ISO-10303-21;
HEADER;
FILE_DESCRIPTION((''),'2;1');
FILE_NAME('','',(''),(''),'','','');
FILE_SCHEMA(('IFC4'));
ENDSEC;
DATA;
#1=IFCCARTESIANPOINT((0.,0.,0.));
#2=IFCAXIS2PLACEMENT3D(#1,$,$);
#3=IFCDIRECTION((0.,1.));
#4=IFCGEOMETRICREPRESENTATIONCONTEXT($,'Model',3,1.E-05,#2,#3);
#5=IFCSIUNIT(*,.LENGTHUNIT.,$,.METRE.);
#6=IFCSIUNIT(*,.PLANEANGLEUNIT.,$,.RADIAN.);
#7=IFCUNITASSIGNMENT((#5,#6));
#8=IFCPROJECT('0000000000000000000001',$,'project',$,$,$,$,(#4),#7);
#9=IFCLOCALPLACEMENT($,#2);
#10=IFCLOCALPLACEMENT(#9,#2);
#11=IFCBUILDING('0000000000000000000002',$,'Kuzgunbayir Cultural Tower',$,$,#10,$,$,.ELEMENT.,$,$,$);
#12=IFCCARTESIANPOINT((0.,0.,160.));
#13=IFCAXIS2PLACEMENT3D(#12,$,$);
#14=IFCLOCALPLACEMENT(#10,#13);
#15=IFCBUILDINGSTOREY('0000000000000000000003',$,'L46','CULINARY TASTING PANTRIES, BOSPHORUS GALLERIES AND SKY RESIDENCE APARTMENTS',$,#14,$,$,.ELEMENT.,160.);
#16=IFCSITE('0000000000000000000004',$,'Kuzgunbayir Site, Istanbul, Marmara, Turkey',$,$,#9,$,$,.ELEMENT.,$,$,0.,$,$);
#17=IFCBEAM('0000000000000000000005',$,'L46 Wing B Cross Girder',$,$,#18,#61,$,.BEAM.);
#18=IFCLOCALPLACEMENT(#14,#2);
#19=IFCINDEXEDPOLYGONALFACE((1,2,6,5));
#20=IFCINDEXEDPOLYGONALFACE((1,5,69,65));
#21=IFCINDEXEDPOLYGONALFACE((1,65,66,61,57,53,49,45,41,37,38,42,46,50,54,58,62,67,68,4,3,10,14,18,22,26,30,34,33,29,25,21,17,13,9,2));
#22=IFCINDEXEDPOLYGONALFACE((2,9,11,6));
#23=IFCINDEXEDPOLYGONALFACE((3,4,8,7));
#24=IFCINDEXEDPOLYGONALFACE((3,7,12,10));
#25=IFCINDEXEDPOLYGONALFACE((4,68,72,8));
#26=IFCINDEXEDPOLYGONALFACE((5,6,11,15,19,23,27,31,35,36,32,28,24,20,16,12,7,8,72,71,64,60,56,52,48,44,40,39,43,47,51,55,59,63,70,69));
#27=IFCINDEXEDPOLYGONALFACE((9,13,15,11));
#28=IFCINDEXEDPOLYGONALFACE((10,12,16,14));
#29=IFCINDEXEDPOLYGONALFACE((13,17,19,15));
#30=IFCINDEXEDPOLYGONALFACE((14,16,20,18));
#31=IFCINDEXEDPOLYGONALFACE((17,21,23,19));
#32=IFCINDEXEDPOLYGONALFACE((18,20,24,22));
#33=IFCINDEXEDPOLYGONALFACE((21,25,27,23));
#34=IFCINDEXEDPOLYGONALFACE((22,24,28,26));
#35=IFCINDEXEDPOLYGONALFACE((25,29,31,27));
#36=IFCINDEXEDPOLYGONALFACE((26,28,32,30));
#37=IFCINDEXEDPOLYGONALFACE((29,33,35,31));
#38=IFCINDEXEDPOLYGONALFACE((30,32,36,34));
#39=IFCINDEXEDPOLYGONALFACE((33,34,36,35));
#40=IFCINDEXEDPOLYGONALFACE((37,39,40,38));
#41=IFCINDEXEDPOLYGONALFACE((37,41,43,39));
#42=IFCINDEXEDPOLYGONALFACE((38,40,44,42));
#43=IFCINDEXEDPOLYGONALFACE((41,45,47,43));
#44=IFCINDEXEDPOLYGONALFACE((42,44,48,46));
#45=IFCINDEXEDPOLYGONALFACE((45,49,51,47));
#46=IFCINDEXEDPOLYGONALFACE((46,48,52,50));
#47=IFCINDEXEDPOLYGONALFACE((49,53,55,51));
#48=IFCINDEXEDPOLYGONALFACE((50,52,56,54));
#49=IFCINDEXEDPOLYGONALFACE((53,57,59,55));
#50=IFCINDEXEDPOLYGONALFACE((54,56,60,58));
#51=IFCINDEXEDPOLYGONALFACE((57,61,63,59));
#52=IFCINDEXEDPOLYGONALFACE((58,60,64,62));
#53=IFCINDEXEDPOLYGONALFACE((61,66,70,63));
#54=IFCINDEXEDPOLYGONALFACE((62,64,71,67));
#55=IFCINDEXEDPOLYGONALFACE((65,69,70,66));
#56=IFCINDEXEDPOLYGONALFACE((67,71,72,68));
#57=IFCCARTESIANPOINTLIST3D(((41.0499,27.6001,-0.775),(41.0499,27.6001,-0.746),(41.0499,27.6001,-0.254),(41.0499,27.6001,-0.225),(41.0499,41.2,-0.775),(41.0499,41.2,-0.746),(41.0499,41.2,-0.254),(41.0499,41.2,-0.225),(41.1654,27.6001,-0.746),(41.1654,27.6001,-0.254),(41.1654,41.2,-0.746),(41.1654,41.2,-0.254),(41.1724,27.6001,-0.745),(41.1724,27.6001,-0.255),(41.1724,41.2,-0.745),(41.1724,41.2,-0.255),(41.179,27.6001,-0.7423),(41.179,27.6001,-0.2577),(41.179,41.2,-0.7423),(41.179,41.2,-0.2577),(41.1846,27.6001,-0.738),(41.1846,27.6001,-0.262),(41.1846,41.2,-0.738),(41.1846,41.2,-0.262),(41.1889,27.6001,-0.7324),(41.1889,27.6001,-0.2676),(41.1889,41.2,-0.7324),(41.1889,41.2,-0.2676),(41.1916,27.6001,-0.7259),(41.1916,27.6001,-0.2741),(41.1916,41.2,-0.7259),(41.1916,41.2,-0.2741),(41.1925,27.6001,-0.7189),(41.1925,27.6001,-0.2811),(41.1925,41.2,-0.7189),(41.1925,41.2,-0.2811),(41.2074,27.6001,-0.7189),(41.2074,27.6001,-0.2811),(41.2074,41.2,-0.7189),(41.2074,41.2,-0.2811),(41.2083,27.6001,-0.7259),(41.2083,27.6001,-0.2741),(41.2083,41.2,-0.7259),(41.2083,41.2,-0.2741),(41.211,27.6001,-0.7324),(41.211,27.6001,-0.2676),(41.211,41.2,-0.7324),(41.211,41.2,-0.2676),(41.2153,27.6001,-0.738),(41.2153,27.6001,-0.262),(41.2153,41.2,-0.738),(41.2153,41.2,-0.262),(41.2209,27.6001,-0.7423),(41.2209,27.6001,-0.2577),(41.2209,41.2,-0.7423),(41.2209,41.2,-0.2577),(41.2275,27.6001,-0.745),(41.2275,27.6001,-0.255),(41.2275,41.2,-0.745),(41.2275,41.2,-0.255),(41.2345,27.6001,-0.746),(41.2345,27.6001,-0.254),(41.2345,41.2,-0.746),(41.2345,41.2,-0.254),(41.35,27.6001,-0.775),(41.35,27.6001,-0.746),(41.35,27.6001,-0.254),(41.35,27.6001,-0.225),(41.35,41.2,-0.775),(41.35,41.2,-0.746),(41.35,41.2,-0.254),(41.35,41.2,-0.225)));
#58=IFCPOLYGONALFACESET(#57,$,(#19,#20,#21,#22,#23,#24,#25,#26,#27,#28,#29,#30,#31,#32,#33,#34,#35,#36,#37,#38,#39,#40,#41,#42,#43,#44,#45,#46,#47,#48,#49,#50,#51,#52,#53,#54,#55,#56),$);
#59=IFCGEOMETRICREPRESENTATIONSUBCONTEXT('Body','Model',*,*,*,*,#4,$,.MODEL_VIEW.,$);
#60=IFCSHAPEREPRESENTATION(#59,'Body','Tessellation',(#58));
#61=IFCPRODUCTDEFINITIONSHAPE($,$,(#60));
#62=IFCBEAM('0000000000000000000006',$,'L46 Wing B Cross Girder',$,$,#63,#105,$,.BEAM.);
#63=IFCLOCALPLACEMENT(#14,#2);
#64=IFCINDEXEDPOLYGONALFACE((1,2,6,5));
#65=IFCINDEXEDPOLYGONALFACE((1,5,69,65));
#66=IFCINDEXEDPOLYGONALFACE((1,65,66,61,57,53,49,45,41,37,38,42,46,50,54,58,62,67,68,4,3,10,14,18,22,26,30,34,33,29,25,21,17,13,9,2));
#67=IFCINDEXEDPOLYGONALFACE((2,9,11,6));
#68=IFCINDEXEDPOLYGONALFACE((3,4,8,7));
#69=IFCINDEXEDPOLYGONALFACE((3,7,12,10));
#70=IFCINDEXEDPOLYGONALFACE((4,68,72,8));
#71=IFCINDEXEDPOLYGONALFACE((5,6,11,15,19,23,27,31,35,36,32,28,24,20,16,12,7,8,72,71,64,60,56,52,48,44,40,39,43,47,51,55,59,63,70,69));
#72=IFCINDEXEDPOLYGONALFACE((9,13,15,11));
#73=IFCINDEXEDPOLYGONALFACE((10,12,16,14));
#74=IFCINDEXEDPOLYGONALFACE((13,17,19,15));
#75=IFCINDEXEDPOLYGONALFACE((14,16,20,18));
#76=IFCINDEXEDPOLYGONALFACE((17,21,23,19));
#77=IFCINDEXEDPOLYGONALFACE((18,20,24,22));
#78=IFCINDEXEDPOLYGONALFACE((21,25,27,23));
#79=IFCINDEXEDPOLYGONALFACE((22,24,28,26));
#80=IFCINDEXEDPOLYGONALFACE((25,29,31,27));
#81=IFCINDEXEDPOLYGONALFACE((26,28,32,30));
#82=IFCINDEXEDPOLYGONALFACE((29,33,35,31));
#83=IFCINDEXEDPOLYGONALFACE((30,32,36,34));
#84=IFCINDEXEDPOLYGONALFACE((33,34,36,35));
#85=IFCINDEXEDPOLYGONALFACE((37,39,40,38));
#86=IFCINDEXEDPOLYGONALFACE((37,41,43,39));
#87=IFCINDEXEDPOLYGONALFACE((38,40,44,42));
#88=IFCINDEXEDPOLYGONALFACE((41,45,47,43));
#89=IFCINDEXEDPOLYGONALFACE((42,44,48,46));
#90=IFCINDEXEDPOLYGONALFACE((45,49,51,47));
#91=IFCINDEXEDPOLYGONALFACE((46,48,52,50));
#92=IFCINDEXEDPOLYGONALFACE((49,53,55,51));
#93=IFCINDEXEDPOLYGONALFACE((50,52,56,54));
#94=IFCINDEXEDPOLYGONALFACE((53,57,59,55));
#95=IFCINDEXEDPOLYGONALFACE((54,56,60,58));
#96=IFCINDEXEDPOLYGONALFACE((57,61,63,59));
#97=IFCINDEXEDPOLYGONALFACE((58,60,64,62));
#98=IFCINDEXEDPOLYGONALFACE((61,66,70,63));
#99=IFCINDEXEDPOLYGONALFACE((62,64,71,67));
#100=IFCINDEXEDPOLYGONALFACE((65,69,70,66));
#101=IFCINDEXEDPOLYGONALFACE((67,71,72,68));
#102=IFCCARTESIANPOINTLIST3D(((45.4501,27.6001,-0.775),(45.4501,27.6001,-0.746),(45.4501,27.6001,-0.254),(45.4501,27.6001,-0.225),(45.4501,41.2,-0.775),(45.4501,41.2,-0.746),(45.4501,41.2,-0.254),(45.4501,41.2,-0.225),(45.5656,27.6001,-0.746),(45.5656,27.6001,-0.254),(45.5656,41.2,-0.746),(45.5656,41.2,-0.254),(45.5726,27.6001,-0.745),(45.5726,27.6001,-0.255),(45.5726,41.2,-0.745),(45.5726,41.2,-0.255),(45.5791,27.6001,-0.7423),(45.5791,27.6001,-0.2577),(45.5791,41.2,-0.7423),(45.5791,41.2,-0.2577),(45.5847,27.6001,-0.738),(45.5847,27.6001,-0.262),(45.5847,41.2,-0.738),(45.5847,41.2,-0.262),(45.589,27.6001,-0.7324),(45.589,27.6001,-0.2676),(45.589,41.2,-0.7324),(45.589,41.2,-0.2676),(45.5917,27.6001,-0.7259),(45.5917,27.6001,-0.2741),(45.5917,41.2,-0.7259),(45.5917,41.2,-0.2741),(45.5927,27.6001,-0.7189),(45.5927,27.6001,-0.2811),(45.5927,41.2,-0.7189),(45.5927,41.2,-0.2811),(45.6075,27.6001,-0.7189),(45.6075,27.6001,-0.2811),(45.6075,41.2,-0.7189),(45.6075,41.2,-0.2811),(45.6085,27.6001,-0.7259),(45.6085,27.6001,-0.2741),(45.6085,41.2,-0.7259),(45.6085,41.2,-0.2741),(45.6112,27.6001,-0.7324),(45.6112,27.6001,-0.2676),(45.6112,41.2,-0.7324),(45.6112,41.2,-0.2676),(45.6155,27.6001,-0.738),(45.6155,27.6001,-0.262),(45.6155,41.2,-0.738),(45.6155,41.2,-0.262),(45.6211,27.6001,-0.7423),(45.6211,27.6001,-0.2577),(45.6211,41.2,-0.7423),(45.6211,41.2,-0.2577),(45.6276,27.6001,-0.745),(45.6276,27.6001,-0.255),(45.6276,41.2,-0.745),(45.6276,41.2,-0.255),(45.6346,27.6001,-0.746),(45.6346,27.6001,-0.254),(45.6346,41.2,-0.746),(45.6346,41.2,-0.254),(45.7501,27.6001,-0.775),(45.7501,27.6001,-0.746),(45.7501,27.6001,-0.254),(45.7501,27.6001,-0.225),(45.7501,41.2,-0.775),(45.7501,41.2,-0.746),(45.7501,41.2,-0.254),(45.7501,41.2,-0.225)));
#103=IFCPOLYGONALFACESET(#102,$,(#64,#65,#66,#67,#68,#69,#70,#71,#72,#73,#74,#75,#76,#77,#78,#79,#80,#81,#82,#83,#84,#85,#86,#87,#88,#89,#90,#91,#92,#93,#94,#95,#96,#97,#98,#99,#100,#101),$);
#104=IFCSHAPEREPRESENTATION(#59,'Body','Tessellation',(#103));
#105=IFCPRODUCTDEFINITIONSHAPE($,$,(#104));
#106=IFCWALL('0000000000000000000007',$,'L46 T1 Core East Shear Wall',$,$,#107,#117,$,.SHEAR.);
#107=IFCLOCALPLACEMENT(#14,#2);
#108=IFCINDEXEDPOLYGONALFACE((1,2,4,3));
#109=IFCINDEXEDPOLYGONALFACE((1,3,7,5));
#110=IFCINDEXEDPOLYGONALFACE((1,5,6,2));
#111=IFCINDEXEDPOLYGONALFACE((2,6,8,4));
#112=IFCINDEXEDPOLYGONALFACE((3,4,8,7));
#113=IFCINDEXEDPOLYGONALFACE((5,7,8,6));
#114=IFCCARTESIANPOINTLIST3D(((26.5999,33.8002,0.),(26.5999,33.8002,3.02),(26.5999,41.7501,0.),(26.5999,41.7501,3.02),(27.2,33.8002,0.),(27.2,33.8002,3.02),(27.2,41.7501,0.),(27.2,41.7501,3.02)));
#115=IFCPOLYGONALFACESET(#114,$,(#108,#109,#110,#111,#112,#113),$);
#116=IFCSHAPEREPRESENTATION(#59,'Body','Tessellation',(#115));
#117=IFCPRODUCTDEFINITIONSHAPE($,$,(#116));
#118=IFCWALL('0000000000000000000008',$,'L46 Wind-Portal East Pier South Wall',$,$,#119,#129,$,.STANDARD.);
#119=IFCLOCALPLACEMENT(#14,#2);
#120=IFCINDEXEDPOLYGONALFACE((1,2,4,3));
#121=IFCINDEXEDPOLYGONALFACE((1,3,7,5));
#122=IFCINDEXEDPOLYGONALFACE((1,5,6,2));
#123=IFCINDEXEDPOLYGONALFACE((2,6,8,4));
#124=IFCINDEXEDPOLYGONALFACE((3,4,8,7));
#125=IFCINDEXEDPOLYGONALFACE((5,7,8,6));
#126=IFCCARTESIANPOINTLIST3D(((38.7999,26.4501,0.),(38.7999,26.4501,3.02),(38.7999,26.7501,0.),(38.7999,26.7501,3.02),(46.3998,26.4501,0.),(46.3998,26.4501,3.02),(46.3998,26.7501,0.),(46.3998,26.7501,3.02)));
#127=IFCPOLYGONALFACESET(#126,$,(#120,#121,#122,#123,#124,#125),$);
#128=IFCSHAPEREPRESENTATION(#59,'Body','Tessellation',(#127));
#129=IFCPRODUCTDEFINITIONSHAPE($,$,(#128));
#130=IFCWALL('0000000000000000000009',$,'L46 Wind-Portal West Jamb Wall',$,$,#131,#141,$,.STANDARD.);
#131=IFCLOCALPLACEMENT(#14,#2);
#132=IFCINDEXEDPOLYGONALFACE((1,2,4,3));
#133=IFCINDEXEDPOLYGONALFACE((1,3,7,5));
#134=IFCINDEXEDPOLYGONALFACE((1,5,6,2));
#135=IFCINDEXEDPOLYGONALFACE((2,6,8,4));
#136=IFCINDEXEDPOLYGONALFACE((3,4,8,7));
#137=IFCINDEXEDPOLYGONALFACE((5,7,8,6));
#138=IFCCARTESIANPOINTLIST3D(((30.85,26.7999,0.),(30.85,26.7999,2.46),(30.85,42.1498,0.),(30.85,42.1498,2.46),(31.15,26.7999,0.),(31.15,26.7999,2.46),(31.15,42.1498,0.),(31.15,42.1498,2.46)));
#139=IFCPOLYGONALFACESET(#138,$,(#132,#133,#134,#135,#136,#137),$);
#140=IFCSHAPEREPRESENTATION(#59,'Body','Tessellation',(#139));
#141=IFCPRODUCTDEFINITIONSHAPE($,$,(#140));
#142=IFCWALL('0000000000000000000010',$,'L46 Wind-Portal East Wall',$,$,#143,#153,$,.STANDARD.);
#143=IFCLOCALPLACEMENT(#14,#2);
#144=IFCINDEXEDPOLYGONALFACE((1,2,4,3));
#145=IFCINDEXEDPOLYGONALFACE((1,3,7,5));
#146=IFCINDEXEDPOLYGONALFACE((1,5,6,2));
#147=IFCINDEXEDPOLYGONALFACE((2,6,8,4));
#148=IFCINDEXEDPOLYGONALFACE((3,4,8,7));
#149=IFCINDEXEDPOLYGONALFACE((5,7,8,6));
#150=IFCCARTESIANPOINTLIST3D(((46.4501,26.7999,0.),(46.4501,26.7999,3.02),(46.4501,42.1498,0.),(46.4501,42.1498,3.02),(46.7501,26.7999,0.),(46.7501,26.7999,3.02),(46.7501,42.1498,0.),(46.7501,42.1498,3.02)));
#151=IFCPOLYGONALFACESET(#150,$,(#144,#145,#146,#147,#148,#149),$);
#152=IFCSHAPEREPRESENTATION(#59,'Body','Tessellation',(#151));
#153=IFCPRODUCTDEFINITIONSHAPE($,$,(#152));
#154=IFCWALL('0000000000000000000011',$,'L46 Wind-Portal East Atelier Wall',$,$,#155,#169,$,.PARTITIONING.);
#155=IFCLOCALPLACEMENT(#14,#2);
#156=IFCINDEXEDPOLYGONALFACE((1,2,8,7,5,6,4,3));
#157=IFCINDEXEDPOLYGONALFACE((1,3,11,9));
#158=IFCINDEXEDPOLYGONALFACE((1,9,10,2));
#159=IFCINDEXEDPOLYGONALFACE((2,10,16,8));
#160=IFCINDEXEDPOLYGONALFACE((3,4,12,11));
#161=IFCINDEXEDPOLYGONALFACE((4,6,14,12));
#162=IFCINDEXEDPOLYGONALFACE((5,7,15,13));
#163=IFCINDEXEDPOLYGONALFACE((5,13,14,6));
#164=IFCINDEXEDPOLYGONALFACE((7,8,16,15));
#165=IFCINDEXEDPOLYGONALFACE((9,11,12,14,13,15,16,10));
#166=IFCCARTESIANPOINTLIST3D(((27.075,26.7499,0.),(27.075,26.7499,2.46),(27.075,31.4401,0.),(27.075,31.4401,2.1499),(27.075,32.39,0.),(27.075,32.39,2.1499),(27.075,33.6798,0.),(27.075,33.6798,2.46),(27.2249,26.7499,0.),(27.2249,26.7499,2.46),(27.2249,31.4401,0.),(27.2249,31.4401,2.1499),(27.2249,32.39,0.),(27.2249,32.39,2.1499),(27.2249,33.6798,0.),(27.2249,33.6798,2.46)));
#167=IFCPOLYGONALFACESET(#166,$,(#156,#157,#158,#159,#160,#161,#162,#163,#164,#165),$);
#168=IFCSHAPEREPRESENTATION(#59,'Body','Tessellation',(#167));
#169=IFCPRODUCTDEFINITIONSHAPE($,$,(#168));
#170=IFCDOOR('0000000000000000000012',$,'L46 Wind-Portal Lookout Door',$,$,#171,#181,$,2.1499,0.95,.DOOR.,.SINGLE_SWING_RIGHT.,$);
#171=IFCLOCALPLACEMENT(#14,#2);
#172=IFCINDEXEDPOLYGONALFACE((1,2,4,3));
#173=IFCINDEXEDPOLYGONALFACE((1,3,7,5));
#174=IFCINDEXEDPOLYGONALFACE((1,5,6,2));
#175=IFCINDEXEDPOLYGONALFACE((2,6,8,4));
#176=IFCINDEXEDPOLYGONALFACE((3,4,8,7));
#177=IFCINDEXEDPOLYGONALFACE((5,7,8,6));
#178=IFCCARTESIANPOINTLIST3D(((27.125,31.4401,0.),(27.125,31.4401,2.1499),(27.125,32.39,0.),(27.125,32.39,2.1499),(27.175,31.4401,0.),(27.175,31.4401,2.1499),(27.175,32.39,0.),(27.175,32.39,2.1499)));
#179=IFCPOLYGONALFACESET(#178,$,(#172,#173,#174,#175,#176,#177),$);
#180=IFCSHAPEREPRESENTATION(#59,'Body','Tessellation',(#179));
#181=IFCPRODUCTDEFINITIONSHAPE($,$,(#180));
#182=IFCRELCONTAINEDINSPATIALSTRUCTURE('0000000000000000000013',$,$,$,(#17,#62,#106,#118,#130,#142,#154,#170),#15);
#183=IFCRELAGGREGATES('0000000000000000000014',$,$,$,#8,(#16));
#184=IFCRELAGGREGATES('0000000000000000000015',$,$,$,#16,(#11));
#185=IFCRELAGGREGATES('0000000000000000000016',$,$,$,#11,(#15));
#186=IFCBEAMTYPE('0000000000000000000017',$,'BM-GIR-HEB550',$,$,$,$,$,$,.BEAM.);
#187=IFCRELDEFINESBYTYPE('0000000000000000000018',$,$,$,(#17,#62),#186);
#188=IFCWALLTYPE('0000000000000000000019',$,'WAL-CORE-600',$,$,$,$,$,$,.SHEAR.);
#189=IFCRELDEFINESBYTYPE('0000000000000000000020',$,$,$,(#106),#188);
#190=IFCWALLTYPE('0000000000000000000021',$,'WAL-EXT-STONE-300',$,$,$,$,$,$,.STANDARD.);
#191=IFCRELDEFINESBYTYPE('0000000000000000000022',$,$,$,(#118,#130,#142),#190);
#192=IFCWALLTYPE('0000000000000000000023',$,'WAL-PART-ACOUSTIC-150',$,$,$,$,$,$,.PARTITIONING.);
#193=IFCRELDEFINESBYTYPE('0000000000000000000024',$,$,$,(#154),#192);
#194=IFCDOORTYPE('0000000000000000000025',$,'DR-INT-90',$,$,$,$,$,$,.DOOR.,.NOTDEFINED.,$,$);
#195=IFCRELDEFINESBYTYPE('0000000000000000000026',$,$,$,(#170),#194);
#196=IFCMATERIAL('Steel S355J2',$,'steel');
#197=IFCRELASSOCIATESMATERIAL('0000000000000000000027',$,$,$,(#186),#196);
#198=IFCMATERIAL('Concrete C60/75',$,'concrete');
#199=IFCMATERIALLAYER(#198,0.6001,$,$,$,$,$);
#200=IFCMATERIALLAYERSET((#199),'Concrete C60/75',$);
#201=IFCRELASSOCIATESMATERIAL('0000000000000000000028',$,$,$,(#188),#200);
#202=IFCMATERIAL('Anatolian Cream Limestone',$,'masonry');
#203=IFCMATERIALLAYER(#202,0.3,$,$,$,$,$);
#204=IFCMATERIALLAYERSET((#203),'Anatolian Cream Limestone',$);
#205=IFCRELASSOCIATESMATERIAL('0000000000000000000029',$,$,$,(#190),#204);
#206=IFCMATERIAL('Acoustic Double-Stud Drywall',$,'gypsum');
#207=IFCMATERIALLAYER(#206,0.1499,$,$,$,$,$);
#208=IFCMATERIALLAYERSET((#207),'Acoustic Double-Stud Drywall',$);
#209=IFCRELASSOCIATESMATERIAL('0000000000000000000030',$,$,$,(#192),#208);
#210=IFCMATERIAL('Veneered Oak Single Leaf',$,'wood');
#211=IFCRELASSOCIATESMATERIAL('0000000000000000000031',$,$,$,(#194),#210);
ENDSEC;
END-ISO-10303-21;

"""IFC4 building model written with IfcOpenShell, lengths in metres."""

from ifc_helpers import new_model, si_unit, direction, frame, frame_2d, origin, origin_2d, place, context, subcontext, project, spatial, rectangle, i_section, extrude, material, layer, layer_set, material_profile, profile_set, type_object, element, fill, save


model = new_model("IFC4")

# Units and contexts
model_context = context("Model", 3, precision=1e-05, world=origin(), true_north=direction((0.0, 1.0)))
body_context = subcontext(model_context, "Body", "Model", "MODEL_VIEW")
ifc_project = project(units=[si_unit("LENGTHUNIT", "METRE"), si_unit("PLANEANGLEUNIT", "RADIAN")], contexts=[model_context])

# Site, building, storey
site_placement = place(None, origin())
site = spatial("IfcSite", under=ifc_project, at=site_placement, Name="Kuzgunbayir Site, Istanbul, Marmara, Turkey", CompositionType="ELEMENT", RefElevation=0.0)
building_placement = place(site_placement, origin())
building = spatial("IfcBuilding", under=site, at=building_placement, Name="Kuzgunbayir Cultural Tower", CompositionType="ELEMENT")
storey_placement = place(building_placement, frame((0.0, 0.0, 160.0)))
storey = spatial("IfcBuildingStorey", under=building, at=storey_placement, Name="L46", Description="CULINARY TASTING PANTRIES, BOSPHORUS GALLERIES AND SKY RESIDENCE APARTMENTS", CompositionType="ELEMENT", Elevation=160.0)

# Beams
ifc_material_1 = material(Name="Steel S355J2", Category="steel")
ifc_material_profile_1 = material_profile(ifc_material_1, i_section(OverallWidth=0.3, OverallDepth=0.55, WebThickness=0.0149, FlangeThickness=0.0291, FilletRadius=0.0271, at=origin_2d()), Name="HEB 550")
ifc_profile_set_1 = profile_set([ifc_material_profile_1], Name="Steel S355J2")
beam_type_1 = type_object("IfcBeamType", Name="BM-GIR-HEB550", PredefinedType="BEAM", material=ifc_profile_set_1)
for number, where, z_axis, x_axis, name in (
    (1, (41.2, 27.6001, -0.5), (0.0, 1.0, 0.0), (-1.0, 0.0, 0.0), "L46 Wing B Cross Girder"),
    (2, (45.6001, 27.6001, -0.5), (0.0, 1.0, 0.0), (-1.0, 0.0, 0.0), "L46 Wing B Cross Girder"),
):
    element("IfcBeam", number, at=place(storey_placement, frame(where, z_axis=z_axis, x_axis=x_axis)), inside=storey, type_object=beam_type_1, Name=name, PredefinedType="BEAM", context=body_context, shape_type="SweptSolid", body=[
        extrude(i_section(OverallWidth=0.3, OverallDepth=0.55, WebThickness=0.0149, FlangeThickness=0.0291, FilletRadius=0.0271, at=origin_2d()), origin(), (0.0, 0.0, 1.0), 13.5999),
    ])

# Walls
ifc_material_2 = material(Name="Concrete C60/75", Category="concrete")
ifc_layer_1 = layer(ifc_material_2, 0.6001)
ifc_layer_set_1 = layer_set([ifc_layer_1], Name="Concrete C60/75")
wall_type_1 = type_object("IfcWallType", Name="WAL-CORE-600", PredefinedType="SHEAR", material=ifc_layer_set_1)
wall_1_placement = place(storey_placement, frame((26.8999, 33.8, 0.0), z_axis=(0.0, 0.0, 1.0), x_axis=(0.0, 1.0, 0.0)))
element("IfcWall", 3, at=wall_1_placement, inside=storey, type_object=wall_type_1, Name="L46 T1 Core East Shear Wall", PredefinedType="SHEAR", context=body_context, shape_type="SweptSolid", body=[
    extrude(rectangle(XDim=7.95, YDim=0.6001, at=frame_2d((3.9751, 0.0))), origin(), (0.0, 0.0, 1.0), 3.02),
])
ifc_material_3 = material(Name="Anatolian Cream Limestone", Category="masonry")
ifc_layer_2 = layer(ifc_material_3, 0.3)
ifc_layer_set_2 = layer_set([ifc_layer_2], Name="Anatolian Cream Limestone")
wall_type_2 = type_object("IfcWallType", Name="WAL-EXT-STONE-300", PredefinedType="STANDARD", material=ifc_layer_set_2)
wall_2_placement = place(storey_placement, frame((38.8, 26.6001, 0.0), z_axis=(0.0, 0.0, 1.0), x_axis=(1.0, 0.0, 0.0)))
element("IfcWall", 4, at=wall_2_placement, inside=storey, type_object=wall_type_2, Name="L46 Wind-Portal East Pier South Wall", PredefinedType="STANDARD", context=body_context, shape_type="SweptSolid", body=[
    extrude(rectangle(XDim=7.5999, YDim=0.3, at=frame_2d((3.7998, 0.0))), origin(), (0.0, 0.0, 1.0), 3.02),
])
wall_3_placement = place(storey_placement, frame((31.0, 26.8, 0.0), z_axis=(0.0, 0.0, 1.0), x_axis=(0.0, 1.0, 0.0)))
element("IfcWall", 5, at=wall_3_placement, inside=storey, type_object=wall_type_2, Name="L46 Wind-Portal West Jamb Wall", PredefinedType="STANDARD", context=body_context, shape_type="SweptSolid", body=[
    extrude(rectangle(XDim=15.3499, YDim=0.3, at=frame_2d((7.6748, 0.0))), origin(), (0.0, 0.0, 1.0), 2.46),
])
wall_4_placement = place(storey_placement, frame((46.6001, 26.8, 0.0), z_axis=(0.0, 0.0, 1.0), x_axis=(0.0, 1.0, 0.0)))
element("IfcWall", 6, at=wall_4_placement, inside=storey, type_object=wall_type_2, Name="L46 Wind-Portal East Wall", PredefinedType="STANDARD", context=body_context, shape_type="SweptSolid", body=[
    extrude(rectangle(XDim=15.3499, YDim=0.3, at=frame_2d((7.6748, 0.0))), origin(), (0.0, 0.0, 1.0), 3.02),
])

# Wall, opening, door
ifc_material_4 = material(Name="Acoustic Double-Stud Drywall", Category="gypsum")
ifc_layer_3 = layer(ifc_material_4, 0.1499)
ifc_layer_set_3 = layer_set([ifc_layer_3], Name="Acoustic Double-Stud Drywall")
wall_type_3 = type_object("IfcWallType", Name="WAL-PART-ACOUSTIC-150", PredefinedType="PARTITIONING", material=ifc_layer_set_3)
wall_5_placement = place(storey_placement, frame((27.1499, 26.75, 0.0), z_axis=(0.0, 0.0, 1.0), x_axis=(0.0, 1.0, 0.0)))
wall_5 = element("IfcWall", 7, at=wall_5_placement, inside=storey, type_object=wall_type_3, Name="L46 Wind-Portal East Atelier Wall", PredefinedType="PARTITIONING", context=body_context, shape_type="SweptSolid", body=[
    extrude(rectangle(XDim=6.9299, YDim=0.1499, at=frame_2d((3.4648, 0.0))), origin(), (0.0, 0.0, 1.0), 2.46),
])
opening_1_placement = place(wall_5_placement, frame((4.6899, 0.0, 0.0)))
opening_1 = element("IfcOpeningElement", 8, at=opening_1_placement, cuts=wall_5, PredefinedType="OPENING", context=body_context, shape_type="SweptSolid", body=[
    extrude(rectangle(XDim=0.95, YDim=2.1499, at=frame_2d((0.4751, 1.075))), frame((0.0, 0.085, 0.0), z_axis=(0.0, -1.0, 0.0), x_axis=(1.0, 0.0, 0.0)), (0.0, 0.0, 1.0), 0.1699),
])
ifc_material_5 = material(Name="Veneered Oak Single Leaf", Category="wood")
door_type_1 = type_object("IfcDoorType", Name="DR-INT-90", OperationType="NOTDEFINED", PredefinedType="DOOR", material=ifc_material_5)
door_1_placement = place(opening_1_placement, origin())
door_1 = element("IfcDoor", 9, at=door_1_placement, inside=storey, type_object=door_type_1, Name="L46 Wind-Portal Lookout Door", OperationType="SINGLE_SWING_RIGHT", OverallHeight=2.1499, OverallWidth=0.95, PredefinedType="DOOR", context=body_context, shape_type="SweptSolid", body=[
    extrude(rectangle(XDim=0.95, YDim=2.1499, at=frame_2d((0.4751, 1.075))), frame((0.0, 0.0249, 0.0), z_axis=(0.0, -1.0, 0.0), x_axis=(1.0, 0.0, 0.0)), (0.0, 0.0, 1.0), 0.05),
])
fill(opening_1, door_1)

save(model, "model.ifc")
